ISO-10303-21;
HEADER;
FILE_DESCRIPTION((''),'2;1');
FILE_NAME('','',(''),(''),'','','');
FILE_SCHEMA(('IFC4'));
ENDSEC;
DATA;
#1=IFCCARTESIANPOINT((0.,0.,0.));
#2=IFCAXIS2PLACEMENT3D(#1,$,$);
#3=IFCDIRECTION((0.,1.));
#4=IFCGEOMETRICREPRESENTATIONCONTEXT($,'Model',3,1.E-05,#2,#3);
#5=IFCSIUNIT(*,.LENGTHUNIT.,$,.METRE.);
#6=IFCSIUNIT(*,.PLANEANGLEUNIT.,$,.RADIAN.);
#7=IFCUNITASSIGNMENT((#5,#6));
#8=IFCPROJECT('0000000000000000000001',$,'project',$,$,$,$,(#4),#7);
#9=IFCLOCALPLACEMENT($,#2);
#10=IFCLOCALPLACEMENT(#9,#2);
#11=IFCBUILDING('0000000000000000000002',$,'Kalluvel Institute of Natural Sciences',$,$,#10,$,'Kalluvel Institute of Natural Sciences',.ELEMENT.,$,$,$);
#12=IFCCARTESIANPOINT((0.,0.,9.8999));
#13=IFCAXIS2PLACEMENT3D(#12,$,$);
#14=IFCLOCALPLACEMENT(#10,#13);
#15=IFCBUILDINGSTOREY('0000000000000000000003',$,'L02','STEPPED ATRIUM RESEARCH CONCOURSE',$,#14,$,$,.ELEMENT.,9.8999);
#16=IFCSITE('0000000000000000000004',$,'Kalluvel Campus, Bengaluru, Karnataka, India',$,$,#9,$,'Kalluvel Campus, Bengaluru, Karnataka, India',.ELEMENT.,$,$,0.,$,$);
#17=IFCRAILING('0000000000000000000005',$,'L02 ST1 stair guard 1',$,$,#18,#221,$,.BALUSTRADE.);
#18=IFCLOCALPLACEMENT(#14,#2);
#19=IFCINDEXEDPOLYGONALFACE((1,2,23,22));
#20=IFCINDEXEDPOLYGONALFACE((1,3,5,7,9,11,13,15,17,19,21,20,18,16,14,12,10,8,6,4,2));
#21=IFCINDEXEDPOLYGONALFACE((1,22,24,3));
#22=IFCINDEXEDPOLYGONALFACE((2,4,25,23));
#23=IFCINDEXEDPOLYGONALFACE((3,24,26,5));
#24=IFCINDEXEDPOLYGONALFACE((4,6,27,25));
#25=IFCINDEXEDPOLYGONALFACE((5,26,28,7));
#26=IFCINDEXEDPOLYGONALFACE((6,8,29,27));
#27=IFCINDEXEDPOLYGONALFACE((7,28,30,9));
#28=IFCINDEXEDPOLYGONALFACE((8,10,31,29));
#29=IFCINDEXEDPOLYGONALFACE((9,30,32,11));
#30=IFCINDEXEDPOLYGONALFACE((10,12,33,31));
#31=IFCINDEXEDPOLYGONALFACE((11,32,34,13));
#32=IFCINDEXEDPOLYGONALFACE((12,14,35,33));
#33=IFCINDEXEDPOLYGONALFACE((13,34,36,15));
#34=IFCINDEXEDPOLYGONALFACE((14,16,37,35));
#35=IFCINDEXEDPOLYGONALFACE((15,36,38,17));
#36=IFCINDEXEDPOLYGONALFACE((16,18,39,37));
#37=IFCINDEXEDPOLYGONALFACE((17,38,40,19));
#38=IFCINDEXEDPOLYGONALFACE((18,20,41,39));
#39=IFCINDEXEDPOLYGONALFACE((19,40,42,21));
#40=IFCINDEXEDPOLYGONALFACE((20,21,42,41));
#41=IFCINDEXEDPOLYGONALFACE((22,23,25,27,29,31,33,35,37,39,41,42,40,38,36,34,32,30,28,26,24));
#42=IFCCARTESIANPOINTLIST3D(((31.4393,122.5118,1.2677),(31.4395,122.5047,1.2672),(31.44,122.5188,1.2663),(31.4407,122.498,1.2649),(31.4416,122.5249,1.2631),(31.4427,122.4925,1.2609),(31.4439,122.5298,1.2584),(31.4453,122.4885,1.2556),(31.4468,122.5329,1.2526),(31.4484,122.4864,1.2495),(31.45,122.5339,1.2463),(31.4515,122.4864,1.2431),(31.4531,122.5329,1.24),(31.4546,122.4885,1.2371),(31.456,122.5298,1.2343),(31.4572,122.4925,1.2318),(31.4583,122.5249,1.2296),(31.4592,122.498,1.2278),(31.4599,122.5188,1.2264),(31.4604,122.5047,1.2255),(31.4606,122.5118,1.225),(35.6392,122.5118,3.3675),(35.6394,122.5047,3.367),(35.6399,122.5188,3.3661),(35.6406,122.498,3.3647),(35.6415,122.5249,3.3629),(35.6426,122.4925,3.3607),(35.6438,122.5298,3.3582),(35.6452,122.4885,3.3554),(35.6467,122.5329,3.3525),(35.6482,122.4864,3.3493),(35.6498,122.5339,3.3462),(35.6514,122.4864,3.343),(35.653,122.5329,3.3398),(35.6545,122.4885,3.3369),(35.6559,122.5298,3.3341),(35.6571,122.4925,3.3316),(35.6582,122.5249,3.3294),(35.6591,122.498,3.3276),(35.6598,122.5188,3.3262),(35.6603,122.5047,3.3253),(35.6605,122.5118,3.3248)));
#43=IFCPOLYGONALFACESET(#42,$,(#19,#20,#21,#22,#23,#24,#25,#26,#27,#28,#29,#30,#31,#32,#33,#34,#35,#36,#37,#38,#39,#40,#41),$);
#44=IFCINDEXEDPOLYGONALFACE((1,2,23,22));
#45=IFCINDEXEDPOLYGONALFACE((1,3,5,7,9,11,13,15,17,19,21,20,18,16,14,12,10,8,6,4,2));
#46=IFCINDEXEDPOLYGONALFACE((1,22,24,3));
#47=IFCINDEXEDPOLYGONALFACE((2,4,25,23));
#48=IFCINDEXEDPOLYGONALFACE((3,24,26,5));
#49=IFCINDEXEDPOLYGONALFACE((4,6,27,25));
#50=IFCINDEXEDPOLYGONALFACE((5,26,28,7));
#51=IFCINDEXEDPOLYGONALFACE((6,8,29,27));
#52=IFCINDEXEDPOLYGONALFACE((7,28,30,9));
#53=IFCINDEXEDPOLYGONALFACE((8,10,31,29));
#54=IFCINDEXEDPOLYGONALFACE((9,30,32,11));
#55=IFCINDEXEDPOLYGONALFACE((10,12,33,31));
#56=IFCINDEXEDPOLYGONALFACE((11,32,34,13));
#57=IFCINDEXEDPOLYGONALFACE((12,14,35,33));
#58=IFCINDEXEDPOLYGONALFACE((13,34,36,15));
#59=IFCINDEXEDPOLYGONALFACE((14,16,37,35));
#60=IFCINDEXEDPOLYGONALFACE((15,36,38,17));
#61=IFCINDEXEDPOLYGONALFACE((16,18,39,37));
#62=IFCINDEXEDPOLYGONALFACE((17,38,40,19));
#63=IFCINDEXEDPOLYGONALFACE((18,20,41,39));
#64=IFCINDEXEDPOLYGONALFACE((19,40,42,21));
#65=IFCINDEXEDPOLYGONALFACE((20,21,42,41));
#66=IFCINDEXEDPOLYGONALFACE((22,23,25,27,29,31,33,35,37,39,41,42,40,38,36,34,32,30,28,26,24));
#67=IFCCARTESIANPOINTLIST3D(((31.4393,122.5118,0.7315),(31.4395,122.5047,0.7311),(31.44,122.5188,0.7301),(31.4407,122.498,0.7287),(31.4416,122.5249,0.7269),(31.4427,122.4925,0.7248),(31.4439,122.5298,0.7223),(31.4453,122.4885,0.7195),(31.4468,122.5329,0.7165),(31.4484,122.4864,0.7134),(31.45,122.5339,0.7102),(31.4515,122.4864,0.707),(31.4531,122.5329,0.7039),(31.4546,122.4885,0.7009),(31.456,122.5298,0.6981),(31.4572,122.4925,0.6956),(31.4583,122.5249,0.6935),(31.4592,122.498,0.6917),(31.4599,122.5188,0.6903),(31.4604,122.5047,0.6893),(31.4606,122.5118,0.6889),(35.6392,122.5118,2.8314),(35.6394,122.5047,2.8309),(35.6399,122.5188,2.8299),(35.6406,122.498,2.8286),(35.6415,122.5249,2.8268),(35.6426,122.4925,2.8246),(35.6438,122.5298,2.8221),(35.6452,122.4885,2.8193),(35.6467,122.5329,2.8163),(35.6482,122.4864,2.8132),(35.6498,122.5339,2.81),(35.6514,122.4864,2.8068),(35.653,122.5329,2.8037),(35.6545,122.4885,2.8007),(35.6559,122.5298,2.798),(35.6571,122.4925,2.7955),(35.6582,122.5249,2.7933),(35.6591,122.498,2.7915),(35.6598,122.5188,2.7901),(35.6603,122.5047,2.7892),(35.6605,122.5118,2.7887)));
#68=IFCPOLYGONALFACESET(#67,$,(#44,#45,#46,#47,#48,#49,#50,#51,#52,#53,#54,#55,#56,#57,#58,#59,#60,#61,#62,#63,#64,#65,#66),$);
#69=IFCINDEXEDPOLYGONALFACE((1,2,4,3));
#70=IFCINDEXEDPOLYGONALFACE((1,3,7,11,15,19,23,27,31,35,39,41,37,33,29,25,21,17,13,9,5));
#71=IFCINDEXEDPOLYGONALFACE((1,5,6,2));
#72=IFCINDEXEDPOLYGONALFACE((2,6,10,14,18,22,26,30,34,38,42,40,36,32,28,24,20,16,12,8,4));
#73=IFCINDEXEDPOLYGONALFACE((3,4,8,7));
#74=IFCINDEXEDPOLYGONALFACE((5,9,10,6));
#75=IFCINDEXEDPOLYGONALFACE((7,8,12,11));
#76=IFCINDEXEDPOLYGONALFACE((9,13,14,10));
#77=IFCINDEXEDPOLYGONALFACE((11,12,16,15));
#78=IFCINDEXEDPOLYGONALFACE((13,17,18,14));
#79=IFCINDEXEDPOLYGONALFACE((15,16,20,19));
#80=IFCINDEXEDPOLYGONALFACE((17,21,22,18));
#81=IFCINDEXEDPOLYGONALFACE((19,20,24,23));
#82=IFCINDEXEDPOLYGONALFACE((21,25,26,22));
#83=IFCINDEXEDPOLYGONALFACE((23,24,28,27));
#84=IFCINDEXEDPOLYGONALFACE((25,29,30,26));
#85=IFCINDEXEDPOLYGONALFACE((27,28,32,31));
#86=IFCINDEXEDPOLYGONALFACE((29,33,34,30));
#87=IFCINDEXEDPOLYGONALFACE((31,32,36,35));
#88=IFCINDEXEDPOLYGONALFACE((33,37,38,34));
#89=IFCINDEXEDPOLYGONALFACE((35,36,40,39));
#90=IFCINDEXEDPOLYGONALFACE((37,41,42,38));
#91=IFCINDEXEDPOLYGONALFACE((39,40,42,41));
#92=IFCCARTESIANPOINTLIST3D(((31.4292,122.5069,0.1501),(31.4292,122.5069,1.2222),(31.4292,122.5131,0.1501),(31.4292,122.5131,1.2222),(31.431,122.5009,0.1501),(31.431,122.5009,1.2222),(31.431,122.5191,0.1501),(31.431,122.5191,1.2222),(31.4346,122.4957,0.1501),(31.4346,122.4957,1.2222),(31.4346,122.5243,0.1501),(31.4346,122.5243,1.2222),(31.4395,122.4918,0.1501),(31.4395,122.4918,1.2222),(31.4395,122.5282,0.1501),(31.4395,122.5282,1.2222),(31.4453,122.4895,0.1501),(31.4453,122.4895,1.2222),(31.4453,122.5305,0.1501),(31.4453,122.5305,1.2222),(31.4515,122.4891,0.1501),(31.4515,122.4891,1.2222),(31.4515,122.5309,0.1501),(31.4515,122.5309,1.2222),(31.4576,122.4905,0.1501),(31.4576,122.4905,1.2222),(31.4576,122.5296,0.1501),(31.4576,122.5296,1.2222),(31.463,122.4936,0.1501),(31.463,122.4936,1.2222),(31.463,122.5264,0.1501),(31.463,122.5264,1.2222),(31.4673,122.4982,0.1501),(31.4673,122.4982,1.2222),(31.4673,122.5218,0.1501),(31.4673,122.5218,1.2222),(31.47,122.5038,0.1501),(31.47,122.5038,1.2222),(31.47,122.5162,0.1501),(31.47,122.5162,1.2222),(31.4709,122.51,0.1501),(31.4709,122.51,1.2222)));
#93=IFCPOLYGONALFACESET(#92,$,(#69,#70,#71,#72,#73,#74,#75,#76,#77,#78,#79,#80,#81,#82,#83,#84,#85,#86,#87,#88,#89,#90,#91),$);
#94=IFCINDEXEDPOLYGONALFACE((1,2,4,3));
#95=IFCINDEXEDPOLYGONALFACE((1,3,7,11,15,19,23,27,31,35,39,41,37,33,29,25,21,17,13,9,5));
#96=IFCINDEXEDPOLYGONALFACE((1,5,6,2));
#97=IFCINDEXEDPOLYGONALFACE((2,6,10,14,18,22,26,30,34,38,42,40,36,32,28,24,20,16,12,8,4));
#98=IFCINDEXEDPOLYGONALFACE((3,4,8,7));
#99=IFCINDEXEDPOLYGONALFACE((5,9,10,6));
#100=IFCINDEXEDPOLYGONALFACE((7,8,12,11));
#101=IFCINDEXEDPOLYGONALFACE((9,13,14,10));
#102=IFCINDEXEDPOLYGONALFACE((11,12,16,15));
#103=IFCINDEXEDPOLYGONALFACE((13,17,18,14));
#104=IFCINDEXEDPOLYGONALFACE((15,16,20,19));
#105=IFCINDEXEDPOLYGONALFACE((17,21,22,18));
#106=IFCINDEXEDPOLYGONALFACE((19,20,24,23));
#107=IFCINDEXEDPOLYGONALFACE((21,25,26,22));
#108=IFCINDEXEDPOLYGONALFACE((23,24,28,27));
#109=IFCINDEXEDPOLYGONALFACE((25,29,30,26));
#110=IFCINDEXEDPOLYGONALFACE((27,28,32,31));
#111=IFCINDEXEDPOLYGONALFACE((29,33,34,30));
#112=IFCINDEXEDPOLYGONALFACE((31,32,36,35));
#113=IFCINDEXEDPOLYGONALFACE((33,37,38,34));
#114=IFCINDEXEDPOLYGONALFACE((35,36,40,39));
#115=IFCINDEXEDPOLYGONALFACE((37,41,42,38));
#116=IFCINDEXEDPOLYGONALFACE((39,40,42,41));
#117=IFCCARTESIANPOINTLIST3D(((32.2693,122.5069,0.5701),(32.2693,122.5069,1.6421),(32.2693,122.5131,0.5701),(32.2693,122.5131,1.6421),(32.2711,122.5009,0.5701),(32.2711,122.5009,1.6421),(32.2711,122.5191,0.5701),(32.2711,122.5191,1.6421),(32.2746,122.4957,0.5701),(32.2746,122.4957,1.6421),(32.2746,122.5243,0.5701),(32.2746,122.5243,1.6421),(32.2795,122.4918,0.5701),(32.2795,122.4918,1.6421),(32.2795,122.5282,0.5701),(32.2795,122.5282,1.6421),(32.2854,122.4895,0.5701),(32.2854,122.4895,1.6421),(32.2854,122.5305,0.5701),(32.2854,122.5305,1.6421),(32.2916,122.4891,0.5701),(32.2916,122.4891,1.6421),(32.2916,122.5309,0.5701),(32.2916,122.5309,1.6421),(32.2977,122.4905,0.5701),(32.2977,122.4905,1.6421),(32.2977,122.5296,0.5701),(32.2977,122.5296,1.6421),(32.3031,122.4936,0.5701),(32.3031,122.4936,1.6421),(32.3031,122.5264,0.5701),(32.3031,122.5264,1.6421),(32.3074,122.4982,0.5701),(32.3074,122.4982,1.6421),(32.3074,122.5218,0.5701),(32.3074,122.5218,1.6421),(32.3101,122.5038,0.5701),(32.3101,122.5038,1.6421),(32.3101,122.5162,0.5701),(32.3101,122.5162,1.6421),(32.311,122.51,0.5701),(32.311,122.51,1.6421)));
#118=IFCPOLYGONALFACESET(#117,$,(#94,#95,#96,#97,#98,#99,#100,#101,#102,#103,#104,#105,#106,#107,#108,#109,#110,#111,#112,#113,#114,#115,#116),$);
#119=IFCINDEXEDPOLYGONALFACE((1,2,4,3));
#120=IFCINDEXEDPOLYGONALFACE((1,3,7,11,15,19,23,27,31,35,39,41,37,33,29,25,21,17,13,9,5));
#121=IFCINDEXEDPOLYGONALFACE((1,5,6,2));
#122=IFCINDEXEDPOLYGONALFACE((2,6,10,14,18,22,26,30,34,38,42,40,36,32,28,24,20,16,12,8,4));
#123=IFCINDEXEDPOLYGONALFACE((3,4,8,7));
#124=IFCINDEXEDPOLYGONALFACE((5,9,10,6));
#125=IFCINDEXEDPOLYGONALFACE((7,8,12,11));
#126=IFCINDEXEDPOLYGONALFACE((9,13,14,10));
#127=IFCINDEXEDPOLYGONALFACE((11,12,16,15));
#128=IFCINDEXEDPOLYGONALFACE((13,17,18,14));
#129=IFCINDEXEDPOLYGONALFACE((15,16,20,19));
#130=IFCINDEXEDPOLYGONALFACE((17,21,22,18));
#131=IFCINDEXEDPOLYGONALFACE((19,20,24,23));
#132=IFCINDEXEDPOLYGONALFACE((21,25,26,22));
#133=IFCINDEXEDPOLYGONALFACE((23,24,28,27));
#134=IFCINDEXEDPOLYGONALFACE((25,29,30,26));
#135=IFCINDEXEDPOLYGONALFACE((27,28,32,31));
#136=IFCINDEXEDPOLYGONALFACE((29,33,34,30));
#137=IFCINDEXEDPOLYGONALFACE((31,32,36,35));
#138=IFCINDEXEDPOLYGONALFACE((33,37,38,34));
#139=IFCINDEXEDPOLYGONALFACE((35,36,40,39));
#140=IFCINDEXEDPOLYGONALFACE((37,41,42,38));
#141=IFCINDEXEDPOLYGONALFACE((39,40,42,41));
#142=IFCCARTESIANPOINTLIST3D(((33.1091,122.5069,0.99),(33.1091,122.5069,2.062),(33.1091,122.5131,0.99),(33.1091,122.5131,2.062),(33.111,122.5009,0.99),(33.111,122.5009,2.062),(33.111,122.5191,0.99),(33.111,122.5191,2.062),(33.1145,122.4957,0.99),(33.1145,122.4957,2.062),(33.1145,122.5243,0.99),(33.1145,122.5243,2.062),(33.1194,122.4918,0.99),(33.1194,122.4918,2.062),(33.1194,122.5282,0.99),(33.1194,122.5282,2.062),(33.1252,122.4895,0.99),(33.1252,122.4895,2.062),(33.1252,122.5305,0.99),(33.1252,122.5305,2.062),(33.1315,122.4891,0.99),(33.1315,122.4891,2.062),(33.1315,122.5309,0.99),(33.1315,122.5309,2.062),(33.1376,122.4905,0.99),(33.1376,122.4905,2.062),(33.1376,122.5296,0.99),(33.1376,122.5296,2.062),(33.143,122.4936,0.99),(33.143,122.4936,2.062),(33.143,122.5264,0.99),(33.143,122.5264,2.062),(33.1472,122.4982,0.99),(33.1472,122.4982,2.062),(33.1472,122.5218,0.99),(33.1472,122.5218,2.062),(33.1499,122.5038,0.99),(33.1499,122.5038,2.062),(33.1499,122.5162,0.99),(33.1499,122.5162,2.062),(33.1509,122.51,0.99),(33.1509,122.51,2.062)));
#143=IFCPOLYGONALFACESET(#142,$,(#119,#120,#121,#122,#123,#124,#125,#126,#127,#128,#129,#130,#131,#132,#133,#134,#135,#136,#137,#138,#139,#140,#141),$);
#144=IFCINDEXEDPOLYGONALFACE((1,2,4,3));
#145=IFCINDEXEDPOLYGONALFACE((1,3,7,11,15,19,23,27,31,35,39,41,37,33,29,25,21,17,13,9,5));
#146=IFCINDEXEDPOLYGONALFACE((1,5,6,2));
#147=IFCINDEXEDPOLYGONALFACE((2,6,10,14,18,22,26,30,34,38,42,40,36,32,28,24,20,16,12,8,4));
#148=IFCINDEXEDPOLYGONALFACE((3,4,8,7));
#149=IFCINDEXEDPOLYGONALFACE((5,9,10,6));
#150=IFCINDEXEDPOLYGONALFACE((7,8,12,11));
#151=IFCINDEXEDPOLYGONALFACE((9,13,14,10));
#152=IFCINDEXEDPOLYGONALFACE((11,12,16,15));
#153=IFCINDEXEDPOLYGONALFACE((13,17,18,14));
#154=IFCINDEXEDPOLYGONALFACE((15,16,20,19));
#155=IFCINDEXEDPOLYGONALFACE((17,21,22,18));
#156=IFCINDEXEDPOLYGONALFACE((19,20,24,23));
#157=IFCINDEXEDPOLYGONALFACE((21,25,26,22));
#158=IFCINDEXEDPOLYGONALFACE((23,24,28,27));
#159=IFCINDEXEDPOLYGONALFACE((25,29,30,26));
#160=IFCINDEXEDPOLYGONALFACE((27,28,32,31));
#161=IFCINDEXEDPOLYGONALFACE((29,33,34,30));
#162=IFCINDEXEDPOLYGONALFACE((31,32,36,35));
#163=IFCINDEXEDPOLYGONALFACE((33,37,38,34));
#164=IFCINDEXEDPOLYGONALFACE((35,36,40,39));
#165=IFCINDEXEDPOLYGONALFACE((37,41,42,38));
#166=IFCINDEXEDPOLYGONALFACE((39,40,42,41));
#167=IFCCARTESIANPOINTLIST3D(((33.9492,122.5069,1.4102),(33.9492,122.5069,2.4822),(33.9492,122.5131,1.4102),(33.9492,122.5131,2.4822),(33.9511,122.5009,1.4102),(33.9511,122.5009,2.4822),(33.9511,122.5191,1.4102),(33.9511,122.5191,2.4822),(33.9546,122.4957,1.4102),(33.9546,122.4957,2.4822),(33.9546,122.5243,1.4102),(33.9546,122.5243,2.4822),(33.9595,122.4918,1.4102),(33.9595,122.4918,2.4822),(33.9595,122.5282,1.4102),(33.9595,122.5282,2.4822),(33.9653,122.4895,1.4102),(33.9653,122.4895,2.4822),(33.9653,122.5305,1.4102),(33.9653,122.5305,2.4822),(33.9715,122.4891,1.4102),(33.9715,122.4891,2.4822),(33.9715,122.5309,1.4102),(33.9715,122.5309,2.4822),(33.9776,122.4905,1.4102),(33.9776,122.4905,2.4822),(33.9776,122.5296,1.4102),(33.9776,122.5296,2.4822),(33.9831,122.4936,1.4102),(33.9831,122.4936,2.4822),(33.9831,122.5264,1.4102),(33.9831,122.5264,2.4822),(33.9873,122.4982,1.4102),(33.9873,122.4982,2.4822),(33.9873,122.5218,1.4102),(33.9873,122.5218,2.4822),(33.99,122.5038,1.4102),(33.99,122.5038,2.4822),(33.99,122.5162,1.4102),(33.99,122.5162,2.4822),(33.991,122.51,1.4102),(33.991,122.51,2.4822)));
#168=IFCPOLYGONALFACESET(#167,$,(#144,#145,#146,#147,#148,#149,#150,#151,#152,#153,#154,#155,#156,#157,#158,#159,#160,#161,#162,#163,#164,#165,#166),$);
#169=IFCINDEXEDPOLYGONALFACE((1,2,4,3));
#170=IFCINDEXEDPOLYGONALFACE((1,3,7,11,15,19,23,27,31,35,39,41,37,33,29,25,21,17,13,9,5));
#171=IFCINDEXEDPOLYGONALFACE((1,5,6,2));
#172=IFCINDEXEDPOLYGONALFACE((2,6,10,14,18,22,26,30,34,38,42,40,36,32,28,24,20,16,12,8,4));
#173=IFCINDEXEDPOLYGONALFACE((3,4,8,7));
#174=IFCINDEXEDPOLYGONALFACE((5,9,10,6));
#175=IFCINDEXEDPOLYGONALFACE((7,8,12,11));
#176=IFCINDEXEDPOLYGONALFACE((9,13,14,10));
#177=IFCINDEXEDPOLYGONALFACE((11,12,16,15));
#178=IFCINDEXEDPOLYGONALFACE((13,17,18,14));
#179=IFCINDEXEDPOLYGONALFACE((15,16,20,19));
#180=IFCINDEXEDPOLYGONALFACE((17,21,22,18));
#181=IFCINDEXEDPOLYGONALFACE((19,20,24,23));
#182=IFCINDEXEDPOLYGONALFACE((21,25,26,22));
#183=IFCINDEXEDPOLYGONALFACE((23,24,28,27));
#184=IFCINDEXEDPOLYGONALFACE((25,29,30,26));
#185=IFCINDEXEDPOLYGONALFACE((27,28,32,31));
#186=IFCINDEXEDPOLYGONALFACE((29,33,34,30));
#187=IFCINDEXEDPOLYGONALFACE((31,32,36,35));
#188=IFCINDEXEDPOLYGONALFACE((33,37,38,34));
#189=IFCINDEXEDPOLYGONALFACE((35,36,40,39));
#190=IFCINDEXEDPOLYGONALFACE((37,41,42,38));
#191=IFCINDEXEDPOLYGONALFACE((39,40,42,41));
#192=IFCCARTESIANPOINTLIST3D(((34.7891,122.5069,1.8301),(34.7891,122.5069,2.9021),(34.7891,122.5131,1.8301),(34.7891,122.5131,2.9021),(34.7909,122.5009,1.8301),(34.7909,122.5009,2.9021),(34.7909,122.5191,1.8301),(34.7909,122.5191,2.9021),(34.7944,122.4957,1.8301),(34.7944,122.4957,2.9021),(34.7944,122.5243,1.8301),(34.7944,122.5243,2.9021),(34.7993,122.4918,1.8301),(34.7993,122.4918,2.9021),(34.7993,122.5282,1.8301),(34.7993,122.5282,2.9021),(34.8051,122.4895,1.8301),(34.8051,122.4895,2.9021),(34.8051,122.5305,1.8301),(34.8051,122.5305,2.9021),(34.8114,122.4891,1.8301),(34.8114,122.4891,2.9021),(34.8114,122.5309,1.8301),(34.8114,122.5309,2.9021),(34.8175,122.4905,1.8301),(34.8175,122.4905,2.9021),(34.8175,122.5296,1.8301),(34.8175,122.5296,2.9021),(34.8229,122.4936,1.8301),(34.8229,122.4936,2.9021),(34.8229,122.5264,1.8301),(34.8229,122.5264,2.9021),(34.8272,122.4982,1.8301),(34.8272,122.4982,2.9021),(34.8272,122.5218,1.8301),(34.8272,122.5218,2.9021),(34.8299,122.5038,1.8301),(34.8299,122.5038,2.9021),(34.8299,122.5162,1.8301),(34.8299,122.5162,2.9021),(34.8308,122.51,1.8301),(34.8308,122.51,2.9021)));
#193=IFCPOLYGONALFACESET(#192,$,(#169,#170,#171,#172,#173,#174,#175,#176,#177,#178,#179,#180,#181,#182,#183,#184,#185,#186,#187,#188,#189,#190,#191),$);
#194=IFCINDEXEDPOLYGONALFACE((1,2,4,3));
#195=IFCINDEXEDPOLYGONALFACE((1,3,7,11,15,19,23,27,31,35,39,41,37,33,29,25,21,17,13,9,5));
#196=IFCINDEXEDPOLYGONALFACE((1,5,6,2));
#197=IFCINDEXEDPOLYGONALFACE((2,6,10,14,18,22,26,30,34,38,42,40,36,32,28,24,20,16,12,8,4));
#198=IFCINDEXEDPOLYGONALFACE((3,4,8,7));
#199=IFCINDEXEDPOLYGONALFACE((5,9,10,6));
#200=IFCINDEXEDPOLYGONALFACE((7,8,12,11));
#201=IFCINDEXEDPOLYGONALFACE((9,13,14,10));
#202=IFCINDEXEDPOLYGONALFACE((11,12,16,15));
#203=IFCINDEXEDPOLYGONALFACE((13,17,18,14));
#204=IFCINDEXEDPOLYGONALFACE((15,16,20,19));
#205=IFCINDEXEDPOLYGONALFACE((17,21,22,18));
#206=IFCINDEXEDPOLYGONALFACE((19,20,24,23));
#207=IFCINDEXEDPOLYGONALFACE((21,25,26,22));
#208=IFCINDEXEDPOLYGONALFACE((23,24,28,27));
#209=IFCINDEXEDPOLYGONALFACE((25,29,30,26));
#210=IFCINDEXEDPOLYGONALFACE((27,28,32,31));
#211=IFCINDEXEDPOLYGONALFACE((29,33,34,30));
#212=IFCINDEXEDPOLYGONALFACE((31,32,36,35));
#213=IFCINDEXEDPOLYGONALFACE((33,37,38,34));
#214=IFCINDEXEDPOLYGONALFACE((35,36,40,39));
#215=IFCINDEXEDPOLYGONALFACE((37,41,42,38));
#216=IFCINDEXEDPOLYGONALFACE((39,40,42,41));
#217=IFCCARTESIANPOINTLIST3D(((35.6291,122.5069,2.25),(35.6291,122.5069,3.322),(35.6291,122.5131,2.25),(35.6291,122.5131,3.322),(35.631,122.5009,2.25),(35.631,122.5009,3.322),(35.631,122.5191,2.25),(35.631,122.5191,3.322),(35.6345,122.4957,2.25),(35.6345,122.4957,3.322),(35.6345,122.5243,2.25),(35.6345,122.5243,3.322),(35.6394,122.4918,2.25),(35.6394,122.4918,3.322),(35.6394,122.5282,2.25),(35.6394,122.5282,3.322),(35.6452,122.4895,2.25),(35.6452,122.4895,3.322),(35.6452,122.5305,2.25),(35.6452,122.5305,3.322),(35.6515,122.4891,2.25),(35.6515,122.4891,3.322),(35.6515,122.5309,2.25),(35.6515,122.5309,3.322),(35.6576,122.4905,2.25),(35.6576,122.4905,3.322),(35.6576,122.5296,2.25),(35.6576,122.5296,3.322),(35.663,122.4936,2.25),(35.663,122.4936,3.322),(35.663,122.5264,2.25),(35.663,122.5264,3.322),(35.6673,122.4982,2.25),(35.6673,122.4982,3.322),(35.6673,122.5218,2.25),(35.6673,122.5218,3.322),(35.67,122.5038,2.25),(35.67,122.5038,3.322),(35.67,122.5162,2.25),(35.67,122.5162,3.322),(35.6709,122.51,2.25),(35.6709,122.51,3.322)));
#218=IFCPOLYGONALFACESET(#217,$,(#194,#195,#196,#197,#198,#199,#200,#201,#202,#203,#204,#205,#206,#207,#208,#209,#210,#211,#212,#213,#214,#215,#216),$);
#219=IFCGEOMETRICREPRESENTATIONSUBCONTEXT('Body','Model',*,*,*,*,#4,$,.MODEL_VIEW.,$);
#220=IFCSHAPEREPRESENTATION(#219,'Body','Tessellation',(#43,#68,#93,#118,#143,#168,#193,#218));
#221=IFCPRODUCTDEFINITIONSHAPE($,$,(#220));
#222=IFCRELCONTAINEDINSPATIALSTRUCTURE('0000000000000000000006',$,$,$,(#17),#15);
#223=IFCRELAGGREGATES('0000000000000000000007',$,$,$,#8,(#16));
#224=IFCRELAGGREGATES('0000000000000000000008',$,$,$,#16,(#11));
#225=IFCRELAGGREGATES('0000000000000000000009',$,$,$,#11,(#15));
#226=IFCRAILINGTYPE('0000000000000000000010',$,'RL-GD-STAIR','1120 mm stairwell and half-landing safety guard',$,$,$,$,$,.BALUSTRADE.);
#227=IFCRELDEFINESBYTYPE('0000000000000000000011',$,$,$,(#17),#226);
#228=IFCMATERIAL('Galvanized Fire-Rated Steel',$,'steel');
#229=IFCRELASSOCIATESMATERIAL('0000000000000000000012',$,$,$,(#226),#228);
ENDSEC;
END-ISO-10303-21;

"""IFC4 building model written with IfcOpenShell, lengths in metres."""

from ifc_helpers import new_model, si_unit, direction, frame, origin, origin_2d, place, context, subcontext, project, spatial, circle, extrude, material, type_object, element, save


model = new_model("IFC4")

# Units and contexts
model_context = context("Model", 3, precision=1e-05, world=origin(), true_north=direction((0.0, 1.0)))
body_context = subcontext(model_context, "Body", "Model", "MODEL_VIEW")
ifc_project = project(units=[si_unit("LENGTHUNIT", "METRE"), si_unit("PLANEANGLEUNIT", "RADIAN")], contexts=[model_context])

# Site, building, storey
site_placement = place(None, origin())
site = spatial("IfcSite", under=ifc_project, at=site_placement, Name="Kalluvel Campus, Bengaluru, Karnataka, India", LongName="Kalluvel Campus, Bengaluru, Karnataka, India", CompositionType="ELEMENT", RefElevation=0.0)
building_placement = place(site_placement, origin())
building = spatial("IfcBuilding", under=site, at=building_placement, Name="Kalluvel Institute of Natural Sciences", LongName="Kalluvel Institute of Natural Sciences", CompositionType="ELEMENT")
storey_placement = place(building_placement, frame((0.0, 0.0, 9.8999)))
storey = spatial("IfcBuildingStorey", under=building, at=storey_placement, Name="L02", Description="STEPPED ATRIUM RESEARCH CONCOURSE", CompositionType="ELEMENT", Elevation=9.8999)

# Shared definitions
ifc_material_1 = material(Name="Galvanized Fire-Rated Steel", Category="steel")

# Railing
railing_type_1 = type_object("IfcRailingType", Name="RL-GD-STAIR", Description="1120 mm stairwell and half-landing safety guard", PredefinedType="BALUSTRADE", material=ifc_material_1)
railing_1_placement = place(storey_placement, frame((31.45, 122.51, 0.1501)))
element("IfcRailing", 1, at=railing_1_placement, inside=storey, type_object=railing_type_1, Name="L02 ST1 stair guard 1", PredefinedType="BALUSTRADE", context=body_context, shape_type="SweptSolid", body=[
    extrude(circle(Radius=0.0239, at=origin_2d()), frame((0.0, 0.0, 1.0962), z_axis=(0.894438, 0.0, 0.447193), x_axis=(0.0, 1.0, 0.0)), (0.0, 0.0, 1.0), 4.6956),
    extrude(circle(Radius=0.0239, at=origin_2d()), frame((0.0, 0.0, 0.5601), z_axis=(0.894438, 0.0, 0.447193), x_axis=(0.0, 1.0, 0.0)), (0.0, 0.0, 1.0), 4.6956),
    extrude(circle(Radius=0.021, at=origin_2d()), origin(), (0.0, 0.0, 1.0), 1.072),
    extrude(circle(Radius=0.021, at=origin_2d()), frame((0.8401, 0.0, 0.4199)), (0.0, 0.0, 1.0), 1.072),
    extrude(circle(Radius=0.021, at=origin_2d()), frame((1.6799, 0.0, 0.8398)), (0.0, 0.0, 1.0), 1.072),
    extrude(circle(Radius=0.021, at=origin_2d()), frame((2.52, 0.0, 1.26)), (0.0, 0.0, 1.0), 1.072),
    extrude(circle(Radius=0.021, at=origin_2d()), frame((3.3599, 0.0, 1.6799)), (0.0, 0.0, 1.0), 1.072),
    extrude(circle(Radius=0.021, at=origin_2d()), frame((4.2, 0.0, 2.0999)), (0.0, 0.0, 1.0), 1.072),
])

save(model, "model.ifc")
